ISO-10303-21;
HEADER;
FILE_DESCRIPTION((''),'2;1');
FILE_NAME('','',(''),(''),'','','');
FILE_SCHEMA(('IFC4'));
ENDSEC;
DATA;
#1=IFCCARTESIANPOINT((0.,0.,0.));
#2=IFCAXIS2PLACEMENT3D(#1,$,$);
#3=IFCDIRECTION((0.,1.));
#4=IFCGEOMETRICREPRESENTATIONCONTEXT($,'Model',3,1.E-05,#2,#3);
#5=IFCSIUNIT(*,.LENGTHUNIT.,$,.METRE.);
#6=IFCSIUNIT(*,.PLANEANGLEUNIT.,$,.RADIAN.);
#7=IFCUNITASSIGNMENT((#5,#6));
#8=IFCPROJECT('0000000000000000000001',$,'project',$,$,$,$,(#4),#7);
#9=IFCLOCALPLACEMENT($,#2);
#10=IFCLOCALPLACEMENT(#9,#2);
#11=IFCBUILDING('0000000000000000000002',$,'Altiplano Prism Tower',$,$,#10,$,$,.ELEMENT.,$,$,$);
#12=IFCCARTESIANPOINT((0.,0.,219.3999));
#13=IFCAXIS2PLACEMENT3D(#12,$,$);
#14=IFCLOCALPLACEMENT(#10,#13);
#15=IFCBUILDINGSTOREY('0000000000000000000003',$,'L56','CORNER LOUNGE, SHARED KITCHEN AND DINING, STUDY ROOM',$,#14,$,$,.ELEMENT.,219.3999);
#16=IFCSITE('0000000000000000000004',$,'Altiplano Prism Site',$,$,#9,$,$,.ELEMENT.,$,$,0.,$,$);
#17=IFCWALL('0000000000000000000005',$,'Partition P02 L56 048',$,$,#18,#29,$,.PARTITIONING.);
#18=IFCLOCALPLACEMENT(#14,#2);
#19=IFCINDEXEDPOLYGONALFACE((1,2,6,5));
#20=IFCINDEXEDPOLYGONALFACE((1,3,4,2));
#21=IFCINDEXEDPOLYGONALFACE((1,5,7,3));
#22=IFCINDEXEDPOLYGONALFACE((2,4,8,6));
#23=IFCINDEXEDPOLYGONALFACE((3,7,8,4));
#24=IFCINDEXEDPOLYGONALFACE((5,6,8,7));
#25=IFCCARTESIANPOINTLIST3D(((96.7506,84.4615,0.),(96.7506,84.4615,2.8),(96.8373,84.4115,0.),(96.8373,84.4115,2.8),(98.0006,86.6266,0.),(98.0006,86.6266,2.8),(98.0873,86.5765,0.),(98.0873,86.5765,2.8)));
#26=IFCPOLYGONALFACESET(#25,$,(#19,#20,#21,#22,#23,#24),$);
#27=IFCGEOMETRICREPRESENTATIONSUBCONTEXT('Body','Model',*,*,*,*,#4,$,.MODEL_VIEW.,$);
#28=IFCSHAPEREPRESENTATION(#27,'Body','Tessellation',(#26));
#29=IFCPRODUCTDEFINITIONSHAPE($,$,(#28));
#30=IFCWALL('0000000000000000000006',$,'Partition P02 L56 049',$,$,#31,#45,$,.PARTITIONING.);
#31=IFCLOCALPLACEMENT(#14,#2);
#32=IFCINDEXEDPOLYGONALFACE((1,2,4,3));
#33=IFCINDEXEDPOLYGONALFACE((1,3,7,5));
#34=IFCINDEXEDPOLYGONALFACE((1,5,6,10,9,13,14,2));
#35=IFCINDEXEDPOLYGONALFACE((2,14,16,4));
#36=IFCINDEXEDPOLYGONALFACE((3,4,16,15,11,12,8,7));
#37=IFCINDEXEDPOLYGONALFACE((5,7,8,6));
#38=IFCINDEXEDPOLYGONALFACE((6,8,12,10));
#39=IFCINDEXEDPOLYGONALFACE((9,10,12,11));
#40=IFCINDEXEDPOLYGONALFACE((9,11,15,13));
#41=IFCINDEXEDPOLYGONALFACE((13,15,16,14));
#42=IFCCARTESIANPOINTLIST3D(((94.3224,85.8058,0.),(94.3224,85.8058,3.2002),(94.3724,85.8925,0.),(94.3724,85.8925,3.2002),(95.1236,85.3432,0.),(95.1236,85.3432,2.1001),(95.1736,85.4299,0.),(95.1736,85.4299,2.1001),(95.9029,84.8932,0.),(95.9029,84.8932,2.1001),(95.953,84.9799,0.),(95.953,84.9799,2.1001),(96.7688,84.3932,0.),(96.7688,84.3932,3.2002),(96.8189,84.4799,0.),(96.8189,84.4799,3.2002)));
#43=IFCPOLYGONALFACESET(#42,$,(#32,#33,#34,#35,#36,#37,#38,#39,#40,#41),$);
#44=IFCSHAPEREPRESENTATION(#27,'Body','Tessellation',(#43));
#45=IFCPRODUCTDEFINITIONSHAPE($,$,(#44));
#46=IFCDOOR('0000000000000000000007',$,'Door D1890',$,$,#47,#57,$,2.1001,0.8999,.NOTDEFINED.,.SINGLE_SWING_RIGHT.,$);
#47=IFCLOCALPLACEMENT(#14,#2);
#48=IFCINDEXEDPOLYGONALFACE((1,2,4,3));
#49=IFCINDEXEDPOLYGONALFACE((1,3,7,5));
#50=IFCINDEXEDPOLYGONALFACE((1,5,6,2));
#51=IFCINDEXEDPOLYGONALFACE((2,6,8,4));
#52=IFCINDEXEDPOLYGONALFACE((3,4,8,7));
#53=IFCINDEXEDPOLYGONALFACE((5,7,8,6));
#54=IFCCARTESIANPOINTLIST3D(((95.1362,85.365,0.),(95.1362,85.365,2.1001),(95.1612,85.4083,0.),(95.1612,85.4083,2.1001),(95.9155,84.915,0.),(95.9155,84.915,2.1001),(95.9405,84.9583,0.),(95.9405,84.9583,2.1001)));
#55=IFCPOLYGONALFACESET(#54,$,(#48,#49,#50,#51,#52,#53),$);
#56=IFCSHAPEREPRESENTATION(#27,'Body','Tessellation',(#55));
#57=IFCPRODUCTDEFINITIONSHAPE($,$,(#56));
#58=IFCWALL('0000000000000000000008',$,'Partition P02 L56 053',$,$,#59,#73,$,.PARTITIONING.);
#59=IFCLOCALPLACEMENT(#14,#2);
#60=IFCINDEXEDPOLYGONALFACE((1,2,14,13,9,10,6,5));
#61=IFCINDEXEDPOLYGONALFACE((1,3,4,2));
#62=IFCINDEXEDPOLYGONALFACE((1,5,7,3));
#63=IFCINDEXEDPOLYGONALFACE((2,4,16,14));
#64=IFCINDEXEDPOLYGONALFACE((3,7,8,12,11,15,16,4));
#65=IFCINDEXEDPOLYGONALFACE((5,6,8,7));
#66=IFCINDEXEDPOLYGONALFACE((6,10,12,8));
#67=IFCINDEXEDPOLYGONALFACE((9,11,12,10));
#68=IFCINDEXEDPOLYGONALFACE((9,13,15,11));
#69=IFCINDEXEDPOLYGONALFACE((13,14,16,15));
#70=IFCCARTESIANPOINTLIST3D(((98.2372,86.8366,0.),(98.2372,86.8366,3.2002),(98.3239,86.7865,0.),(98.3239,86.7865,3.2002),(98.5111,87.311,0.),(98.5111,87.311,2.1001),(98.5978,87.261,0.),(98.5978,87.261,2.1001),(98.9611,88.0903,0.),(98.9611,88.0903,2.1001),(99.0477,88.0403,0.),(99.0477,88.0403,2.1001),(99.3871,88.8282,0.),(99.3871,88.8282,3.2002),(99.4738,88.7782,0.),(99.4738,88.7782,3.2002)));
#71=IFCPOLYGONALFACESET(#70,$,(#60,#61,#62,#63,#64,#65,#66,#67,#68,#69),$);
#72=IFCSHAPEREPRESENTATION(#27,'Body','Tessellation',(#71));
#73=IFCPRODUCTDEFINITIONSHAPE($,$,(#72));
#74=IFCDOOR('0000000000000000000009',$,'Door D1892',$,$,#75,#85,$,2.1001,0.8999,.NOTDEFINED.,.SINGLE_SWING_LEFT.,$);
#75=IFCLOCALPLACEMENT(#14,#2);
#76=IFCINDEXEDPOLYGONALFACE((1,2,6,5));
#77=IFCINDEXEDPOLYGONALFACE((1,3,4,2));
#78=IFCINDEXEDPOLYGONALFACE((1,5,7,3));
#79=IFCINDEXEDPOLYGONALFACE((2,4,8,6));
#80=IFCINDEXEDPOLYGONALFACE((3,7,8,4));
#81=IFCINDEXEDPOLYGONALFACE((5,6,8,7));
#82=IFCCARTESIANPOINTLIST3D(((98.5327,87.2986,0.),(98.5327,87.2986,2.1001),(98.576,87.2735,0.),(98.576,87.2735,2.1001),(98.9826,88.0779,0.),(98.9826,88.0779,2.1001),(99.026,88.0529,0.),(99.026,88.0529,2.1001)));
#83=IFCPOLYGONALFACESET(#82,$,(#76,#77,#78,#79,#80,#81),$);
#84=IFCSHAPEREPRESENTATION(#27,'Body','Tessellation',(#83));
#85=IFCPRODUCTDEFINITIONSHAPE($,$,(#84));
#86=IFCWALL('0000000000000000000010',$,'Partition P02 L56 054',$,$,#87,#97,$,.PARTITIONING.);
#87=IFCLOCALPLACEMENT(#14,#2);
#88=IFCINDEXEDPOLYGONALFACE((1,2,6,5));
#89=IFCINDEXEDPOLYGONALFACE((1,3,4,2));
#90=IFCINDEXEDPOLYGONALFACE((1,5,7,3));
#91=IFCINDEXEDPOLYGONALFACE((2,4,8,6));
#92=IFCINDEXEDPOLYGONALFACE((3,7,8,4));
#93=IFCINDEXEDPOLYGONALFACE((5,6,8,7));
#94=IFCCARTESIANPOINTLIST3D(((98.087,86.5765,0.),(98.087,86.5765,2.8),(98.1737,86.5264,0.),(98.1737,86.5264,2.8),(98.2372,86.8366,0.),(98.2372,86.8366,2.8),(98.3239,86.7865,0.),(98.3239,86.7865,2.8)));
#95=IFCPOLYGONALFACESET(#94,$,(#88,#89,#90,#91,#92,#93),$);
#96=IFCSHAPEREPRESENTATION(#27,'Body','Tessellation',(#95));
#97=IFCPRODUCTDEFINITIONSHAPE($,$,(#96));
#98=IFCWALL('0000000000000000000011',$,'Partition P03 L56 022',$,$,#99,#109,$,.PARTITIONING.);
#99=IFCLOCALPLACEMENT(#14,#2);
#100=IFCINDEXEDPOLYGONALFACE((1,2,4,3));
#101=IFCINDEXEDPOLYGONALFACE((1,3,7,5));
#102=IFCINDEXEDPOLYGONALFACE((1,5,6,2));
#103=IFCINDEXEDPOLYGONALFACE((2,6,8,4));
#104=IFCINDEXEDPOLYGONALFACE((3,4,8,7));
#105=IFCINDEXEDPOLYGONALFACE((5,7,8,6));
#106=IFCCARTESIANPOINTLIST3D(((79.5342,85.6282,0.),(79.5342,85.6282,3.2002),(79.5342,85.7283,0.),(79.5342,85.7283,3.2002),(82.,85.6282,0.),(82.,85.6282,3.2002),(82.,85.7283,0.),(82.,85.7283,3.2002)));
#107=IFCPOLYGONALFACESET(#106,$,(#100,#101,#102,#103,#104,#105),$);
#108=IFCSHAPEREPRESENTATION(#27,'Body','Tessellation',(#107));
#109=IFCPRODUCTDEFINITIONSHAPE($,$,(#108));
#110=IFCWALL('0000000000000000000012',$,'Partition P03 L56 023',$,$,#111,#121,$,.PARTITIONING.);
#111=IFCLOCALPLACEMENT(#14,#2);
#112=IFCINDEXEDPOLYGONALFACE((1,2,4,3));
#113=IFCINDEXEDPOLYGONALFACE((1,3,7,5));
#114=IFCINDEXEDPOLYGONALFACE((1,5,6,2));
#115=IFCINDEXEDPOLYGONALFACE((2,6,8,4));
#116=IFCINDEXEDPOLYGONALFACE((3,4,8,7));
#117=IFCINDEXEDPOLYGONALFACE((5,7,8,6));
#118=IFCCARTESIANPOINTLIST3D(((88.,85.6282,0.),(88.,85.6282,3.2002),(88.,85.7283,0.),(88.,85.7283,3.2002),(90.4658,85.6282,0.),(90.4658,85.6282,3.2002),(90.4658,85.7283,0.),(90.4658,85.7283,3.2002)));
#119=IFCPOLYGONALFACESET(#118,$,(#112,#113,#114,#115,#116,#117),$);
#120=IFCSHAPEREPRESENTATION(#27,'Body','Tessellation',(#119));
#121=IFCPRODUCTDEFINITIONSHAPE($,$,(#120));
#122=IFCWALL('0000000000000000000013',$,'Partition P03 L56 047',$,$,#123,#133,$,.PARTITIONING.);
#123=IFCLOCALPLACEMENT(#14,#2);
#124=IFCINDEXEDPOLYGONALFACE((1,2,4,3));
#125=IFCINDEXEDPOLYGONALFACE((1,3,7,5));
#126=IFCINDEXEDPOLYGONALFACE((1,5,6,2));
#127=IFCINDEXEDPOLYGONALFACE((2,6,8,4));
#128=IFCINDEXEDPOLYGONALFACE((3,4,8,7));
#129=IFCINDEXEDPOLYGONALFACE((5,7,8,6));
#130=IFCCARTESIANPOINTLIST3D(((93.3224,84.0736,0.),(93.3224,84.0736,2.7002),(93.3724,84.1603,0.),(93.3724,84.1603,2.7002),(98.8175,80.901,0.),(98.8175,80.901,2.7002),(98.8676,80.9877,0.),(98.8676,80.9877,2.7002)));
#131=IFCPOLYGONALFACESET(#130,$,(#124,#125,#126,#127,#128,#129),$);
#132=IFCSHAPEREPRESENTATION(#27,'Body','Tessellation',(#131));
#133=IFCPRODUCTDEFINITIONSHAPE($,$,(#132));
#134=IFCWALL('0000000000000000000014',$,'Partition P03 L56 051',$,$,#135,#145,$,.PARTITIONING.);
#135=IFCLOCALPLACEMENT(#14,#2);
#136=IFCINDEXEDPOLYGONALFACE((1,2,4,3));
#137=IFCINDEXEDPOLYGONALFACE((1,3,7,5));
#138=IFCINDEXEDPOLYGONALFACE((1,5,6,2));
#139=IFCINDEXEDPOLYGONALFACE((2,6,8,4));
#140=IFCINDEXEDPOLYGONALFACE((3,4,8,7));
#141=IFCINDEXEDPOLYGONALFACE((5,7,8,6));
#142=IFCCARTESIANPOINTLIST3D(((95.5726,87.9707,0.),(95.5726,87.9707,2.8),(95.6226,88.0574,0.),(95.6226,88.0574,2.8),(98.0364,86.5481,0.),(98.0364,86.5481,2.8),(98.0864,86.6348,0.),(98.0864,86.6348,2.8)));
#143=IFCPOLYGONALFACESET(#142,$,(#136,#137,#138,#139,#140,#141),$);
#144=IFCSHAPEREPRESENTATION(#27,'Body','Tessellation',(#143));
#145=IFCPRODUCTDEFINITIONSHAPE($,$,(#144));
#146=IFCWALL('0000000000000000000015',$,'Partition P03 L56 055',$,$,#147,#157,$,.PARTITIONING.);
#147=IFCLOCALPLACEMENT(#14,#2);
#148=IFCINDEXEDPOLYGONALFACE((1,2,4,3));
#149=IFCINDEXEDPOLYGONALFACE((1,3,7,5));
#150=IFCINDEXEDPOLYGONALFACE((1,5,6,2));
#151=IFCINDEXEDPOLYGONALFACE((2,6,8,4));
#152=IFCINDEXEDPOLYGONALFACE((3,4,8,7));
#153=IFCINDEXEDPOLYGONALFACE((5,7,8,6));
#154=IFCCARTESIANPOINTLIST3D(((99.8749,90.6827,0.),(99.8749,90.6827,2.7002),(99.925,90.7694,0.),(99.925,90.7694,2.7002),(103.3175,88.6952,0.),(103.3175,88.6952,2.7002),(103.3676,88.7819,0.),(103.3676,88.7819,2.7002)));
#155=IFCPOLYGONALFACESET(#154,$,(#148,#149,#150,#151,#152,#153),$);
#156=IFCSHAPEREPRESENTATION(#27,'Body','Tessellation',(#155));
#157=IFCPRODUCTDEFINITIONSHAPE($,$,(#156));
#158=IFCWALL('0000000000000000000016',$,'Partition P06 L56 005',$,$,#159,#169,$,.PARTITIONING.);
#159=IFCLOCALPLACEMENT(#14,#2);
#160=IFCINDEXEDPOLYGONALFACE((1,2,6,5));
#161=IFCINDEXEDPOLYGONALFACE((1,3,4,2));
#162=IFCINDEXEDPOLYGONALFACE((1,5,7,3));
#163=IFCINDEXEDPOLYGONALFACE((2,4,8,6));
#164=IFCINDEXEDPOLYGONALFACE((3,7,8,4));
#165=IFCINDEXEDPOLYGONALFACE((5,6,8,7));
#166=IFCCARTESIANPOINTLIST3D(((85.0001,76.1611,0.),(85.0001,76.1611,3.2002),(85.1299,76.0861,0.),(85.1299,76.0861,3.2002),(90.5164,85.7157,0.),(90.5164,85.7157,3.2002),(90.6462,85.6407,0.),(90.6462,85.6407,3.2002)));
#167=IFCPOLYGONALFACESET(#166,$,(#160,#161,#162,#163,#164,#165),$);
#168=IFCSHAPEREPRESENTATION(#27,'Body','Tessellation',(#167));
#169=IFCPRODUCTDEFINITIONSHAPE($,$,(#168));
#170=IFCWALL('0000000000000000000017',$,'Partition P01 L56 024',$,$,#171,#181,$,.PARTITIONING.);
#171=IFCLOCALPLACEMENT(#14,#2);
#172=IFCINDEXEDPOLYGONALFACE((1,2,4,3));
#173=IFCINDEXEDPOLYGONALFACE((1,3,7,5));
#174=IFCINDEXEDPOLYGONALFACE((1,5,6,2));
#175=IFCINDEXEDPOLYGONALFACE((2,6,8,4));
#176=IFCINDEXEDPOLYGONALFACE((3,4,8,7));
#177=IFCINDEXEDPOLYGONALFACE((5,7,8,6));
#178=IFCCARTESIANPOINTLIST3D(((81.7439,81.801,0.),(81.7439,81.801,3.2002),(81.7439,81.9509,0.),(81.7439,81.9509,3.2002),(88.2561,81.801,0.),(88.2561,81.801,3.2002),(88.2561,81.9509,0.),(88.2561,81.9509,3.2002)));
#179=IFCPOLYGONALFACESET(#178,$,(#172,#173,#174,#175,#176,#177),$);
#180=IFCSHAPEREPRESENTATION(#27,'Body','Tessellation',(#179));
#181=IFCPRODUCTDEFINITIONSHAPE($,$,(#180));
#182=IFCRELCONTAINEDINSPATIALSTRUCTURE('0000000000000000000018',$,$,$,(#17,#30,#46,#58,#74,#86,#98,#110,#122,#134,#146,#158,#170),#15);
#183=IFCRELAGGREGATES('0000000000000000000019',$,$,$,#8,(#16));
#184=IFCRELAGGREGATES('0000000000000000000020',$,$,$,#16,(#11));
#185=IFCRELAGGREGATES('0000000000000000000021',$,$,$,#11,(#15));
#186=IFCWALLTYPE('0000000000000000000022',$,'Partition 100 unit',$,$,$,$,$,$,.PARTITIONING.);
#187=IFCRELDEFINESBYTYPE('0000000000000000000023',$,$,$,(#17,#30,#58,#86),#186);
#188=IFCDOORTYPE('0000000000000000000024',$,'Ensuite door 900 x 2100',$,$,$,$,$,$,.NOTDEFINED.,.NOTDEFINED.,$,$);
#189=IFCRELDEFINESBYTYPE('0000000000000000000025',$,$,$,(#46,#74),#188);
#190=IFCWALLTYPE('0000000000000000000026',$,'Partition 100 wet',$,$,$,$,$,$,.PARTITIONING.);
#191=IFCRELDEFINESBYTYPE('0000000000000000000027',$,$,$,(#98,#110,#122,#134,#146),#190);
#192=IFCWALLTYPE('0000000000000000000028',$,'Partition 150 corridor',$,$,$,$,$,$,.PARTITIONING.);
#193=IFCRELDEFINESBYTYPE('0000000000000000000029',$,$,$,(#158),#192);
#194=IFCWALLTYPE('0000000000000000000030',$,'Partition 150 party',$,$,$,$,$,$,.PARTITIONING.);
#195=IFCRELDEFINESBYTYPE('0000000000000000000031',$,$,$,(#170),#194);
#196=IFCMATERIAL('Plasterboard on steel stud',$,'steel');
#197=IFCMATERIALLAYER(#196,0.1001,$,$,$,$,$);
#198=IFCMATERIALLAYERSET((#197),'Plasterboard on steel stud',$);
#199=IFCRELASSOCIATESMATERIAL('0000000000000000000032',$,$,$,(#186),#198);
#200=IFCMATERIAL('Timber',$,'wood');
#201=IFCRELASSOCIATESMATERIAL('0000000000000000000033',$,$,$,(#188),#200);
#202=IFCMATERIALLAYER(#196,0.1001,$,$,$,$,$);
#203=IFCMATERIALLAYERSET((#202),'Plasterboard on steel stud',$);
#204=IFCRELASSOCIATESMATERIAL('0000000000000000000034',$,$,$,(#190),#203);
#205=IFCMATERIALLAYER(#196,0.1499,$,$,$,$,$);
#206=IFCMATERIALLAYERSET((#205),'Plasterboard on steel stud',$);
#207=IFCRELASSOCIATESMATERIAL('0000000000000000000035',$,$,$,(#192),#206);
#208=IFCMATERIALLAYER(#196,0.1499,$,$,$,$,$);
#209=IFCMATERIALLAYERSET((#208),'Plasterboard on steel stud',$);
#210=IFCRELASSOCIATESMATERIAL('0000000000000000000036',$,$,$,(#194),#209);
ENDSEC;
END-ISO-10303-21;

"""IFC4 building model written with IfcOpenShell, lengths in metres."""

from ifc_helpers import new_model, si_unit, direction, frame, frame_2d, origin, place, context, subcontext, project, spatial, rectangle, extrude, material, layer, layer_set, type_object, element, fill, save


model = new_model("IFC4")

# Units and contexts
model_context = context("Model", 3, precision=1e-05, world=origin(), true_north=direction((0.0, 1.0)))
body_context = subcontext(model_context, "Body", "Model", "MODEL_VIEW")
ifc_project = project(units=[si_unit("LENGTHUNIT", "METRE"), si_unit("PLANEANGLEUNIT", "RADIAN")], contexts=[model_context])

# Site, building, storey
site_placement = place(None, origin())
site = spatial("IfcSite", under=ifc_project, at=site_placement, Name="Altiplano Prism Site", CompositionType="ELEMENT", RefElevation=0.0)
building_placement = place(site_placement, origin())
building = spatial("IfcBuilding", under=site, at=building_placement, Name="Altiplano Prism Tower", CompositionType="ELEMENT")
storey_placement = place(building_placement, frame((0.0, 0.0, 219.3999)))
storey = spatial("IfcBuildingStorey", under=building, at=storey_placement, Name="L56", Description="CORNER LOUNGE, SHARED KITCHEN AND DINING, STUDY ROOM", CompositionType="ELEMENT", Elevation=219.3999)

# Wall
ifc_material_1 = material(Name="Plasterboard on steel stud", Category="steel")
ifc_layer_1 = layer(ifc_material_1, 0.1001)
ifc_layer_set_1 = layer_set([ifc_layer_1], Name="Plasterboard on steel stud")
wall_type_1 = type_object("IfcWallType", Name="Partition 100 unit", PredefinedType="PARTITIONING", material=ifc_layer_set_1)
wall_1_placement = place(storey_placement, frame((98.0439, 86.6016, 0.0), z_axis=(0.0, 0.0, 1.0), x_axis=(-0.500004, -0.866023, 0.0)))
element("IfcWall", 1, at=wall_1_placement, inside=storey, type_object=wall_type_1, Name="Partition P02 L56 048", PredefinedType="PARTITIONING", context=body_context, shape_type="SweptSolid", body=[
    extrude(rectangle(XDim=2.5, YDim=0.1001, at=frame_2d((1.25, 0.0))), origin(), (0.0, 0.0, 1.0), 2.8),
])

# Walls, openings, doors
wall_2_placement = place(storey_placement, frame((96.7939, 84.4365, 0.0), z_axis=(0.0, 0.0, 1.0), x_axis=(-0.866011, 0.500024, 0.0)))
wall_2 = element("IfcWall", 2, at=wall_2_placement, inside=storey, type_object=wall_type_1, Name="Partition P02 L56 049", PredefinedType="PARTITIONING", context=body_context, shape_type="SweptSolid", body=[
    extrude(rectangle(XDim=2.825, YDim=0.1001, at=frame_2d((1.4126, 0.0))), origin(), (0.0, 0.0, 1.0), 3.2002),
])
opening_1_placement = place(wall_2_placement, frame((1.0, 0.0, 0.0)))
opening_1 = element("IfcOpeningElement", 3, at=opening_1_placement, cuts=wall_2, PredefinedType="OPENING", context=body_context, shape_type="SweptSolid", body=[
    extrude(rectangle(XDim=0.8999, YDim=2.1001, at=frame_2d((0.45, 1.05))), frame((0.0, 0.0605, 0.0), z_axis=(0.0, -1.0, 0.0), x_axis=(1.0, 0.0, 0.0)), (0.0, 0.0, 1.0), 0.1211),
])
ifc_material_2 = material(Name="Timber", Category="wood")
door_type = type_object("IfcDoorType", Name="Ensuite door 900 x 2100", OperationType="NOTDEFINED", PredefinedType="NOTDEFINED", material=ifc_material_2)
door_1_placement = place(opening_1_placement, origin())
door_1 = element("IfcDoor", 4, at=door_1_placement, inside=storey, type_object=door_type, Name="Door D1890", OperationType="SINGLE_SWING_RIGHT", OverallHeight=2.1001, OverallWidth=0.8999, PredefinedType="NOTDEFINED", context=body_context, shape_type="SweptSolid", body=[
    extrude(rectangle(XDim=0.8999, YDim=2.1001, at=frame_2d((0.45, 1.05))), frame((0.0, 0.0249, 0.0), z_axis=(0.0, -1.0, 0.0), x_axis=(1.0, 0.0, 0.0)), (0.0, 0.0, 1.0), 0.05),
])
fill(opening_1, door_1)
wall_3_placement = place(storey_placement, frame((99.4304, 88.8032, 0.0), z_axis=(0.0, 0.0, 1.0), x_axis=(-0.499998, -0.866026, 0.0)))
wall_3 = element("IfcWall", 5, at=wall_3_placement, inside=storey, type_object=wall_type_1, Name="Partition P02 L56 053", PredefinedType="PARTITIONING", context=body_context, shape_type="SweptSolid", body=[
    extrude(rectangle(XDim=2.2998, YDim=0.1001, at=frame_2d((1.1499, 0.0))), origin(), (0.0, 0.0, 1.0), 3.2002),
])
opening_2_placement = place(wall_3_placement, frame((0.8521, 0.0, 0.0)))
opening_2 = element("IfcOpeningElement", 6, at=opening_2_placement, cuts=wall_3, PredefinedType="OPENING", context=body_context, shape_type="SweptSolid", body=[
    extrude(rectangle(XDim=0.8999, YDim=2.1001, at=frame_2d((0.45, 1.05))), frame((0.0, 0.0605, 0.0), z_axis=(0.0, -1.0, 0.0), x_axis=(1.0, 0.0, 0.0)), (0.0, 0.0, 1.0), 0.1211),
])
door_2_placement = place(opening_2_placement, origin())
door_2 = element("IfcDoor", 7, at=door_2_placement, inside=storey, type_object=door_type, Name="Door D1892", OperationType="SINGLE_SWING_LEFT", OverallHeight=2.1001, OverallWidth=0.8999, PredefinedType="NOTDEFINED", context=body_context, shape_type="SweptSolid", body=[
    extrude(rectangle(XDim=0.8999, YDim=2.1001, at=frame_2d((0.45, 1.05))), frame((0.0, 0.0249, 0.0), z_axis=(0.0, -1.0, 0.0), x_axis=(1.0, 0.0, 0.0)), (0.0, 0.0, 1.0), 0.05),
])
fill(opening_2, door_2)

# Walls
wall_4_placement = place(storey_placement, frame((98.2805, 86.8115, 0.0), z_axis=(0.0, 0.0, 1.0), x_axis=(-0.500074, -0.865982, 0.0)))
element("IfcWall", 8, at=wall_4_placement, inside=storey, type_object=wall_type_1, Name="Partition P02 L56 054", PredefinedType="PARTITIONING", context=body_context, shape_type="SweptSolid", body=[
    extrude(rectangle(XDim=0.3003, YDim=0.1001, at=frame_2d((0.1501, 0.0))), origin(), (0.0, 0.0, 1.0), 2.8),
])
ifc_layer_2 = layer(ifc_material_1, 0.1001)
ifc_layer_set_2 = layer_set([ifc_layer_2], Name="Plasterboard on steel stud")
wall_type_2 = type_object("IfcWallType", Name="Partition 100 wet", PredefinedType="PARTITIONING", material=ifc_layer_set_2)
for number, where, z_axis, x_axis, name in (
    (9, (79.5342, 85.6782, 0.0), (0.0, 0.0, 1.0), (1.0, 0.0, 0.0), "Partition P03 L56 022"),
    (10, (88.0, 85.6782, 0.0), (0.0, 0.0, 1.0), (1.0, 0.0, 0.0), "Partition P03 L56 023"),
):
    element("IfcWall", number, at=place(storey_placement, frame(where, z_axis=z_axis, x_axis=x_axis)), inside=storey, type_object=wall_type_2, Name=name, PredefinedType="PARTITIONING", context=body_context, shape_type="SweptSolid", body=[
        extrude(rectangle(XDim=2.4658, YDim=0.1001, at=frame_2d((1.2329, 0.0))), origin(), (0.0, 0.0, 1.0), 3.2002),
    ])
wall_5_placement = place(storey_placement, frame((98.8425, 80.9443, 0.0), z_axis=(0.0, 0.0, 1.0), x_axis=(-0.866025, 0.5, 0.0)))
element("IfcWall", 11, at=wall_5_placement, inside=storey, type_object=wall_type_2, Name="Partition P03 L56 047", PredefinedType="PARTITIONING", context=body_context, shape_type="SweptSolid", body=[
    extrude(rectangle(XDim=6.3452, YDim=0.1001, at=frame_2d((3.1726, 0.0))), origin(), (0.0, 0.0, 1.0), 2.7002),
])
wall_6_placement = place(storey_placement, frame((98.0613, 86.5916, 0.0), z_axis=(0.0, 0.0, 1.0), x_axis=(-0.866011, 0.500025, 0.0)))
element("IfcWall", 12, at=wall_6_placement, inside=storey, type_object=wall_type_2, Name="Partition P03 L56 051", PredefinedType="PARTITIONING", context=body_context, shape_type="SweptSolid", body=[
    extrude(rectangle(XDim=2.845, YDim=0.1001, at=frame_2d((1.4224, 0.0))), origin(), (0.0, 0.0, 1.0), 2.8),
])
wall_7_placement = place(storey_placement, frame((103.3425, 88.7385, 0.0), z_axis=(0.0, 0.0, 1.0), x_axis=(-0.866031, 0.49999, 0.0)))
element("IfcWall", 13, at=wall_7_placement, inside=storey, type_object=wall_type_2, Name="Partition P03 L56 055", PredefinedType="PARTITIONING", context=body_context, shape_type="SweptSolid", body=[
    extrude(rectangle(XDim=3.9751, YDim=0.1001, at=frame_2d((1.9875, 0.0))), origin(), (0.0, 0.0, 1.0), 2.7002),
])
ifc_layer_3 = layer(ifc_material_1, 0.1499)
ifc_layer_set_3 = layer_set([ifc_layer_3], Name="Plasterboard on steel stud")
wall_type_3 = type_object("IfcWallType", Name="Partition 150 corridor", PredefinedType="PARTITIONING", material=ifc_layer_set_3)
wall_8_placement = place(storey_placement, frame((90.5813, 85.6782, 0.0), z_axis=(0.0, 0.0, 1.0), x_axis=(-0.499997, -0.866027, 0.0)))
element("IfcWall", 14, at=wall_8_placement, inside=storey, type_object=wall_type_3, Name="Partition P06 L56 005", PredefinedType="PARTITIONING", context=body_context, shape_type="SweptSolid", body=[
    extrude(rectangle(XDim=11.0327, YDim=0.1499, at=frame_2d((5.5164, 0.0))), origin(), (0.0, 0.0, 1.0), 3.2002),
])
ifc_layer_4 = layer(ifc_material_1, 0.1499)
ifc_layer_set_4 = layer_set([ifc_layer_4], Name="Plasterboard on steel stud")
wall_type_4 = type_object("IfcWallType", Name="Partition 150 party", PredefinedType="PARTITIONING", material=ifc_layer_set_4)
wall_9_placement = place(storey_placement, frame((88.2561, 81.876, 0.0), z_axis=(0.0, 0.0, 1.0), x_axis=(-1.0, 0.0, 0.0)))
element("IfcWall", 15, at=wall_9_placement, inside=storey, type_object=wall_type_4, Name="Partition P01 L56 024", PredefinedType="PARTITIONING", context=body_context, shape_type="SweptSolid", body=[
    extrude(rectangle(XDim=6.5122, YDim=0.1499, at=frame_2d((3.2561, 0.0))), origin(), (0.0, 0.0, 1.0), 3.2002),
])

save(model, "model.ifc")
